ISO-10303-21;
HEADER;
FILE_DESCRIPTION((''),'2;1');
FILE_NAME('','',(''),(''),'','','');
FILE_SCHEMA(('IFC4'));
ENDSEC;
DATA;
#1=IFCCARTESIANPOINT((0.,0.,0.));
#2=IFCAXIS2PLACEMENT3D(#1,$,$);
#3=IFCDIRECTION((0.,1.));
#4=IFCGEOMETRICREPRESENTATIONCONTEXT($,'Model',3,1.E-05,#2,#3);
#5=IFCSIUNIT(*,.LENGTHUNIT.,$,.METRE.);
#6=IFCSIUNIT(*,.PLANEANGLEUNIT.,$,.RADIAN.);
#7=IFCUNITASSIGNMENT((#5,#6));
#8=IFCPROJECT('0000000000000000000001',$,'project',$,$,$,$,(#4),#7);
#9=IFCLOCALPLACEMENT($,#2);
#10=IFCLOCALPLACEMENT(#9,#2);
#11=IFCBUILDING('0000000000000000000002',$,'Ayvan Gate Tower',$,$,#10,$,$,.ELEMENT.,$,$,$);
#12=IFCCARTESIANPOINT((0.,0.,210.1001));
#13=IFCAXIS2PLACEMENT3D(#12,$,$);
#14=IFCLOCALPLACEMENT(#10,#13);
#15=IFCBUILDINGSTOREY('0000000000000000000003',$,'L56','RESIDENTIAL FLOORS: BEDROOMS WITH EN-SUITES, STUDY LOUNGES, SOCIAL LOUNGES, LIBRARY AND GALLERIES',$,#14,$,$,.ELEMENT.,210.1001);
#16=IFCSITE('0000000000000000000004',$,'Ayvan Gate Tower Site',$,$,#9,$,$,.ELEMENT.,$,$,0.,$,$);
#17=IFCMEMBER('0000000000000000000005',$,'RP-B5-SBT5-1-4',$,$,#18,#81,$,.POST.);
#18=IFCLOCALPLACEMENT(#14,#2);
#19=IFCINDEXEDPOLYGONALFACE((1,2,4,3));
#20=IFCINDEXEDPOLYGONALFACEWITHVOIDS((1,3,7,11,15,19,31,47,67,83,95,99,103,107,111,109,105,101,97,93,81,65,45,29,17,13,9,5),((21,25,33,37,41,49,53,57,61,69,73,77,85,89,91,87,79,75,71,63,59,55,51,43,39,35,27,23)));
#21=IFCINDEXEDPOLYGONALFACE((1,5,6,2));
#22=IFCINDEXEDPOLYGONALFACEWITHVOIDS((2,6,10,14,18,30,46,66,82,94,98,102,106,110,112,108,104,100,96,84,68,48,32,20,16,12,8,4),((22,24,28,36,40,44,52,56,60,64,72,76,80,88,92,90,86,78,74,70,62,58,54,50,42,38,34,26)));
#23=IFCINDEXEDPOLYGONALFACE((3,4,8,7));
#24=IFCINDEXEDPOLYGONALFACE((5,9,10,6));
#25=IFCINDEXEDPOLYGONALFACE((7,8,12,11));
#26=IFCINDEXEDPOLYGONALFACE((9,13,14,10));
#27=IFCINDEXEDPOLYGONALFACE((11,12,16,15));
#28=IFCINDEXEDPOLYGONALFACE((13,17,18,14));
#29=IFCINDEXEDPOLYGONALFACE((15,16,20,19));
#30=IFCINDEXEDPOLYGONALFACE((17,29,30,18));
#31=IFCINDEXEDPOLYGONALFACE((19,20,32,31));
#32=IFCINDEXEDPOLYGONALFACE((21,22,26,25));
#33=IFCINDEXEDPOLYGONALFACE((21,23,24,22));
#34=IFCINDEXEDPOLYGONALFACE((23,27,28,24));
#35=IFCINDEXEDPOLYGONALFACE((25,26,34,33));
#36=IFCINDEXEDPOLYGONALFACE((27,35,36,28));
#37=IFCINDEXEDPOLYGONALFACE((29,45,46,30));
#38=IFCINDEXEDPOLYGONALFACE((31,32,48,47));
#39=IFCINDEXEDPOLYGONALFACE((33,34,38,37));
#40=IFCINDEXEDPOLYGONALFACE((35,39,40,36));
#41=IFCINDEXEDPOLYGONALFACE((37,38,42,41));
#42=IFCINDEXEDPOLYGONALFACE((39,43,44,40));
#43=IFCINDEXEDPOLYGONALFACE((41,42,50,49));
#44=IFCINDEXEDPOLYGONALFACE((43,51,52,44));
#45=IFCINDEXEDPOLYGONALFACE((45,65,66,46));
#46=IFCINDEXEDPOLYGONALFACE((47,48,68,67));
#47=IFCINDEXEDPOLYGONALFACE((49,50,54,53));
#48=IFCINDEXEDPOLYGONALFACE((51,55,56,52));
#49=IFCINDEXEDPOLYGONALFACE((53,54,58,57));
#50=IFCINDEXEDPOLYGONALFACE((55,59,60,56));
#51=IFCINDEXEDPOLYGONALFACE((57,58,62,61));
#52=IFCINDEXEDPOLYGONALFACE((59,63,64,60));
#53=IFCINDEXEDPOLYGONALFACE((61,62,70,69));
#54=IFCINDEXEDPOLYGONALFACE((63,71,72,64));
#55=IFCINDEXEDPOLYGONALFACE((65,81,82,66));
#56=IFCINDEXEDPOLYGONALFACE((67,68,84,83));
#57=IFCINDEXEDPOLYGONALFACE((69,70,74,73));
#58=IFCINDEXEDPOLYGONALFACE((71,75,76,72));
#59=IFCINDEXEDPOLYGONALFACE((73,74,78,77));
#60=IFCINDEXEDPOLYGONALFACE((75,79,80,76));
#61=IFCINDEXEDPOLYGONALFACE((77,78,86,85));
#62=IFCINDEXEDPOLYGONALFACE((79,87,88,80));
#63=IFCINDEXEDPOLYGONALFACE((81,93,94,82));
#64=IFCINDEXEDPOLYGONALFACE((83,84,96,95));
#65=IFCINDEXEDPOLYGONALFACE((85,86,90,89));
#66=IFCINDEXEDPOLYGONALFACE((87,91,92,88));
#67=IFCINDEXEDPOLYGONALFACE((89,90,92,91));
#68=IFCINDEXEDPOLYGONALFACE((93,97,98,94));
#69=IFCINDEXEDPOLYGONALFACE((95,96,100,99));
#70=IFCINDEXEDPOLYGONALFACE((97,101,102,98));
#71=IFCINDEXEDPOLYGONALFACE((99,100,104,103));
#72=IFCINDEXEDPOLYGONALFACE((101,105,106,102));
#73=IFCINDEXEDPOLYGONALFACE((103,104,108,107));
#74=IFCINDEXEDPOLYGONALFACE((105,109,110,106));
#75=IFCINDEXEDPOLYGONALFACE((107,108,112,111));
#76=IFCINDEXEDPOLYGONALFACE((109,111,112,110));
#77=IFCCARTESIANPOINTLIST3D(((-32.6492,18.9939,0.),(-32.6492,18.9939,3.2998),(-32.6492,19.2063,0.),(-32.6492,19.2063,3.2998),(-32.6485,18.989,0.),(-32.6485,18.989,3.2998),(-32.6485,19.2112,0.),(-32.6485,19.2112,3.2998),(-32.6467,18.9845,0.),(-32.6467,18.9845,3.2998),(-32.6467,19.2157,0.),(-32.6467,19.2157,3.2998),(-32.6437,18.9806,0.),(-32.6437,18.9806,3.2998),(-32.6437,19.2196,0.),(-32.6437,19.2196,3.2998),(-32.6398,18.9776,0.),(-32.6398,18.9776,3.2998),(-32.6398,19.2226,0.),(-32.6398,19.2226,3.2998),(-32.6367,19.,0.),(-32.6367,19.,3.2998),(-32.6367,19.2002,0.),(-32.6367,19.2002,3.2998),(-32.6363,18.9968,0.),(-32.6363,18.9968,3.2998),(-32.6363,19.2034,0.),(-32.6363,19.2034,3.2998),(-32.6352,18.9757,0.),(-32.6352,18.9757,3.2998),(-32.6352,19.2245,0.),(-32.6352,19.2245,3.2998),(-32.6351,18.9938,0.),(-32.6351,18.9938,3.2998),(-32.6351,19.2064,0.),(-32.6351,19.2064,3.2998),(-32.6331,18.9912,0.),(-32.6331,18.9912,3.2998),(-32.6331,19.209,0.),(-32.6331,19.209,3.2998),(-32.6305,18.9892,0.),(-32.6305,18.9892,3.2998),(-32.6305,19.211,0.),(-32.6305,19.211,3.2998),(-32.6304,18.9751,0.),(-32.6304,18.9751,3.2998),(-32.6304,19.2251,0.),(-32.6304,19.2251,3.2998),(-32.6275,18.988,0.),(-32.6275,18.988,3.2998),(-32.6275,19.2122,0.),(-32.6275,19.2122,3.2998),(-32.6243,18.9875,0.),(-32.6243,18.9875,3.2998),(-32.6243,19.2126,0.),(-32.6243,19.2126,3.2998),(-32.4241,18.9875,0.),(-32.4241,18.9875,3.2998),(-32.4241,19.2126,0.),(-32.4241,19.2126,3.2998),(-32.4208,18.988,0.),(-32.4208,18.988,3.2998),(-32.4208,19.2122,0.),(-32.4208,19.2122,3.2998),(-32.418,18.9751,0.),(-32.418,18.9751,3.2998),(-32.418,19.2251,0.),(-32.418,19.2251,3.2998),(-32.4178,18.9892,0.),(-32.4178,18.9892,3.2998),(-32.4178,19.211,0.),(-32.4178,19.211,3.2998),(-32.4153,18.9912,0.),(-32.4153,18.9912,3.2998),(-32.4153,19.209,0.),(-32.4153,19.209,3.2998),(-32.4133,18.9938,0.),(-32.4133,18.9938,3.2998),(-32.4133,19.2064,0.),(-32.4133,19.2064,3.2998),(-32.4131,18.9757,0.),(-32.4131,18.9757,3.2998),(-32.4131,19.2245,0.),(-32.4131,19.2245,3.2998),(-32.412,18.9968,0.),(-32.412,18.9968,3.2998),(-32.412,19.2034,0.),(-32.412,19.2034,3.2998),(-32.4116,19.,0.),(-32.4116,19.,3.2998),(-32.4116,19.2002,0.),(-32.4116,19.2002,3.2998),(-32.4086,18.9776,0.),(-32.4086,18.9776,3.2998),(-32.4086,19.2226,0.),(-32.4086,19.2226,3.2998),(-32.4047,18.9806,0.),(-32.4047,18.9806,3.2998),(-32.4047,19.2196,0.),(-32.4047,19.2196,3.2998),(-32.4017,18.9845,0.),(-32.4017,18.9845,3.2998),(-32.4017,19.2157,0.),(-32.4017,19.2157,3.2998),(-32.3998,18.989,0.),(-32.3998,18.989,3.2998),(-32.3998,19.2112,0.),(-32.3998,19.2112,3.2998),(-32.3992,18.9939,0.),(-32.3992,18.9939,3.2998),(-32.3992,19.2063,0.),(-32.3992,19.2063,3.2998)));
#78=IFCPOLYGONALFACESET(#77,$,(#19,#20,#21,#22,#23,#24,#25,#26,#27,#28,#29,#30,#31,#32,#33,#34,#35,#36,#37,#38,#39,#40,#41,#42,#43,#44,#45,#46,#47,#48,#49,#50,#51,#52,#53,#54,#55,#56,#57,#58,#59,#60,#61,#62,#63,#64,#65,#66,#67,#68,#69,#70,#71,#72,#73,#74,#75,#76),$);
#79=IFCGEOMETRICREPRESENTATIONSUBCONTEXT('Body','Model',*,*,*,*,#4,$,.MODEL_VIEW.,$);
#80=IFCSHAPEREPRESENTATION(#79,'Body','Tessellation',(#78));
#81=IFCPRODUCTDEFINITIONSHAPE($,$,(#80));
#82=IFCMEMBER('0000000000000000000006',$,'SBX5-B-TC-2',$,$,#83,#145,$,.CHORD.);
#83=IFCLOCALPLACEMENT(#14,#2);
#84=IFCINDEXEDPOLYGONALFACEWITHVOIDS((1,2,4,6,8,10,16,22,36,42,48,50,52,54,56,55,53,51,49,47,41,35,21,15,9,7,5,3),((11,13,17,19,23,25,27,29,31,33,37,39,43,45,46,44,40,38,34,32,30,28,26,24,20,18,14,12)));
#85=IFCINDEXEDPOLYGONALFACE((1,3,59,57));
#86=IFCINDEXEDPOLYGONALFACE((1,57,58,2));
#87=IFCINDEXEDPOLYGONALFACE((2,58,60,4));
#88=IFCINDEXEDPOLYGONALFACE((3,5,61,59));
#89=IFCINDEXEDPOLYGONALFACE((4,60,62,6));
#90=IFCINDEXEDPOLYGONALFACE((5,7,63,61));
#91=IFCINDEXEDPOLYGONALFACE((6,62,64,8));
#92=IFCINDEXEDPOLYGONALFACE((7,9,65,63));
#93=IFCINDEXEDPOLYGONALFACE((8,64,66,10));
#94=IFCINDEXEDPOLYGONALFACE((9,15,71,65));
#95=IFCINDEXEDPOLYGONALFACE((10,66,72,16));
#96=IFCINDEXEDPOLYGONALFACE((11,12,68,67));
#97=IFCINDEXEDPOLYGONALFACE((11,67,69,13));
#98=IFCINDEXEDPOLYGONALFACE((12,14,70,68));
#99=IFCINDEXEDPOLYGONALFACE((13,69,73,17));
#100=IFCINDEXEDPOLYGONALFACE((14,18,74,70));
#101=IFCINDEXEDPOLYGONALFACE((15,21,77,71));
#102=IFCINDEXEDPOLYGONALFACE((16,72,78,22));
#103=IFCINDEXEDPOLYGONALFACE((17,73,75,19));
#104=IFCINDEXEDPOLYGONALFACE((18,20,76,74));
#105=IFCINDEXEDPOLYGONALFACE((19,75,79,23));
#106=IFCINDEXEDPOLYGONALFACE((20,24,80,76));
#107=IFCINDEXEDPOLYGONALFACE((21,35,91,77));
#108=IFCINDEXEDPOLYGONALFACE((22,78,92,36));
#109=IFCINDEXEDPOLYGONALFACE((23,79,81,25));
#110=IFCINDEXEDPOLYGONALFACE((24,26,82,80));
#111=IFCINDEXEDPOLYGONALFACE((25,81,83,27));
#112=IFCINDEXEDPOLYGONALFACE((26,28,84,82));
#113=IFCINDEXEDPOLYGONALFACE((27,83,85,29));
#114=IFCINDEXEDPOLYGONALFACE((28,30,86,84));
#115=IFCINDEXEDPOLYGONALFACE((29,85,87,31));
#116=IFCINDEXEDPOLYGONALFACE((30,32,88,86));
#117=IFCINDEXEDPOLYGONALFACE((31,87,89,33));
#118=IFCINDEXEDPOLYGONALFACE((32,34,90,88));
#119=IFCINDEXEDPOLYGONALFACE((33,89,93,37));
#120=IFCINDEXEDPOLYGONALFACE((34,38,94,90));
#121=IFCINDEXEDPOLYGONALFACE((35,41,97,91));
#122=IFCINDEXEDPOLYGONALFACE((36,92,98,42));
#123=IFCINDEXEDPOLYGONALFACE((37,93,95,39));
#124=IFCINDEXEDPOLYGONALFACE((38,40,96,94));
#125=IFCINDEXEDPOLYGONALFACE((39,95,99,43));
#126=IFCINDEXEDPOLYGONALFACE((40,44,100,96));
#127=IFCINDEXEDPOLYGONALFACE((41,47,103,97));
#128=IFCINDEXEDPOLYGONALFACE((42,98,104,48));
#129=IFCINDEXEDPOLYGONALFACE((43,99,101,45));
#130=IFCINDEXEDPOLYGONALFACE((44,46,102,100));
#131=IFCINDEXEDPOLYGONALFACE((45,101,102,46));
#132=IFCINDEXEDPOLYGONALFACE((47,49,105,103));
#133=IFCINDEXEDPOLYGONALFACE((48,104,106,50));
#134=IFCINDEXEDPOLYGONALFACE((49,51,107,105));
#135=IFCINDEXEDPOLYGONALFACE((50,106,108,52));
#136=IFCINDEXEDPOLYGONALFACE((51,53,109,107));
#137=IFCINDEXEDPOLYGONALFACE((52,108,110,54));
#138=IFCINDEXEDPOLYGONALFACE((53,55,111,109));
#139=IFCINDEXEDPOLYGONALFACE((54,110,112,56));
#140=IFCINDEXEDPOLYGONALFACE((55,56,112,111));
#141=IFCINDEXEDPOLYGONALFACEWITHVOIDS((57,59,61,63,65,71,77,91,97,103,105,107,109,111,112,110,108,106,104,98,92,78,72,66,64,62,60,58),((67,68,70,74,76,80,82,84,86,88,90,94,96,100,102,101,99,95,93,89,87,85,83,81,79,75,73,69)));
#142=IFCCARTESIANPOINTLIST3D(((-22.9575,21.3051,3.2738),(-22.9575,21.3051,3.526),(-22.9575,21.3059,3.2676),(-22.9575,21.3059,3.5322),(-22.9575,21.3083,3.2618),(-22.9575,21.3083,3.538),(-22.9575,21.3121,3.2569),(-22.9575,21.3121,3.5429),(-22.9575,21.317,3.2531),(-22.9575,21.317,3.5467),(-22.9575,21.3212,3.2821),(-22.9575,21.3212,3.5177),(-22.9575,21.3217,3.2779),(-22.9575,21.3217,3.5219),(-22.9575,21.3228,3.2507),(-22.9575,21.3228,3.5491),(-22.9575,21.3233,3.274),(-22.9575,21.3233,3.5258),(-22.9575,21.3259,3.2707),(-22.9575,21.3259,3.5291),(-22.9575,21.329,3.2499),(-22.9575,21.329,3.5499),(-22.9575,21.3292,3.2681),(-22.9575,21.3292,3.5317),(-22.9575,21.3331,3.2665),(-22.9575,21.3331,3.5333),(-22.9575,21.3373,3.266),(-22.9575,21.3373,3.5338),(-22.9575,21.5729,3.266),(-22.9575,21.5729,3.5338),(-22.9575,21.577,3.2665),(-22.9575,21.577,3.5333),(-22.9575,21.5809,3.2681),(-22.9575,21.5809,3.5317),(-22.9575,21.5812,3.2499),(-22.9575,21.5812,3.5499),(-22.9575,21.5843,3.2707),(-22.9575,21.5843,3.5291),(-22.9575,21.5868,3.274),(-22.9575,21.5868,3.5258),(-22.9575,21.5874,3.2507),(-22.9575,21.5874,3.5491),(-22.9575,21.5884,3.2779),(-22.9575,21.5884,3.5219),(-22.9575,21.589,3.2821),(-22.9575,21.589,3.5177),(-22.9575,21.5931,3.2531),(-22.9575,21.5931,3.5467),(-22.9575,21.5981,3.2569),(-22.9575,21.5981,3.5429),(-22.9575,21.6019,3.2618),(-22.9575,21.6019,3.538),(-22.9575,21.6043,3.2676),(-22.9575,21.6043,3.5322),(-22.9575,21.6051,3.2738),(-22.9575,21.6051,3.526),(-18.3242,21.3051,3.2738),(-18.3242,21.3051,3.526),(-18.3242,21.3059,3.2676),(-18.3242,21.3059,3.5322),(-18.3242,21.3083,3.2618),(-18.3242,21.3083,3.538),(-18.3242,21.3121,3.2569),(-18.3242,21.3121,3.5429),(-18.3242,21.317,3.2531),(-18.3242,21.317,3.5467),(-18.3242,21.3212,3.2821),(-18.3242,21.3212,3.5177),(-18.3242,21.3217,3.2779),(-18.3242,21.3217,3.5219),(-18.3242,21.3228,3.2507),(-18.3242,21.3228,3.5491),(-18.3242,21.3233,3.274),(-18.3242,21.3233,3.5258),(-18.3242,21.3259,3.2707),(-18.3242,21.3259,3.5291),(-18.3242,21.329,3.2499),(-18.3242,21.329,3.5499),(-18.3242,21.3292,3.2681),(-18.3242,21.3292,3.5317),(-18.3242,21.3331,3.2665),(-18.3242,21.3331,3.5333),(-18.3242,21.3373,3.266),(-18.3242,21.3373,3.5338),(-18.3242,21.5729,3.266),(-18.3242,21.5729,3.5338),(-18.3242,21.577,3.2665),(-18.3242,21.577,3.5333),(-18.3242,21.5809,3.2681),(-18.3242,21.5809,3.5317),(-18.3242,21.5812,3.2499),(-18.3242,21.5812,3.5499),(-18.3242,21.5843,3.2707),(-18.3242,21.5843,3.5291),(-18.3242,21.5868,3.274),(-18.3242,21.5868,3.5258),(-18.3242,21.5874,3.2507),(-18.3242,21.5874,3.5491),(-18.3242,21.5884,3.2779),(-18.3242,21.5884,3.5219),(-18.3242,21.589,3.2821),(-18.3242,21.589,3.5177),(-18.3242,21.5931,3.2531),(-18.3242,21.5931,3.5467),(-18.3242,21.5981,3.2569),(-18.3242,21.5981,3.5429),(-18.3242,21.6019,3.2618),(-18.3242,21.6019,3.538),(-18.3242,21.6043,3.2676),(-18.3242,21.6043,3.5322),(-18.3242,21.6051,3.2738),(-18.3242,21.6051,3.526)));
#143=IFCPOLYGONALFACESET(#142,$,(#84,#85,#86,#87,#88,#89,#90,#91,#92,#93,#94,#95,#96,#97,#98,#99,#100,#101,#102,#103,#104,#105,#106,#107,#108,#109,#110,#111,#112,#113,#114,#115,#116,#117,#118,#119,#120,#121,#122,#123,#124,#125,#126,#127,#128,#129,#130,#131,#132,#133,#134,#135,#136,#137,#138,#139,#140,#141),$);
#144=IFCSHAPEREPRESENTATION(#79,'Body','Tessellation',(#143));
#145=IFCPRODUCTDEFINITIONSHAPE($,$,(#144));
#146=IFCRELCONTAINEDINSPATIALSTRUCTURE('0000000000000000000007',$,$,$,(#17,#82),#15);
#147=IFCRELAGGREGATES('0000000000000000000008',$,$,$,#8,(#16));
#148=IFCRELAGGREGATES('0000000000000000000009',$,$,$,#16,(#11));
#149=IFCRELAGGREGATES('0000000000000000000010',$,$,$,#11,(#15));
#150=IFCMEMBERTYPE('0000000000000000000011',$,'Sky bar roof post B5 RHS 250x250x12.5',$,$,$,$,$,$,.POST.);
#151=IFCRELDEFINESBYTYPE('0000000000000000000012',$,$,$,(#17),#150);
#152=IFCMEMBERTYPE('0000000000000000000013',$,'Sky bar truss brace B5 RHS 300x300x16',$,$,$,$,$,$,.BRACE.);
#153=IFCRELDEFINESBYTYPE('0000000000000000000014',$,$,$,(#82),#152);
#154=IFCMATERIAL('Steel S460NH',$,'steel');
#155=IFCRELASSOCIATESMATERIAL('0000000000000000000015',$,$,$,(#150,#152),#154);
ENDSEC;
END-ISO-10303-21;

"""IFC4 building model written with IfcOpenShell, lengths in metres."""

from ifc_helpers import new_model, si_unit, direction, frame, origin, origin_2d, place, context, subcontext, project, spatial, hollow_rectangle, extrude, material, material_profile, profile_set, type_object, element, save


model = new_model("IFC4")

# Units and contexts
model_context = context("Model", 3, precision=1e-05, world=origin(), true_north=direction((0.0, 1.0)))
body_context = subcontext(model_context, "Body", "Model", "MODEL_VIEW")
ifc_project = project(units=[si_unit("LENGTHUNIT", "METRE"), si_unit("PLANEANGLEUNIT", "RADIAN")], contexts=[model_context])

# Site, building, storey
site_placement = place(None, origin())
site = spatial("IfcSite", under=ifc_project, at=site_placement, Name="Ayvan Gate Tower Site", CompositionType="ELEMENT", RefElevation=0.0)
building_placement = place(site_placement, origin())
building = spatial("IfcBuilding", under=site, at=building_placement, Name="Ayvan Gate Tower", CompositionType="ELEMENT")
storey_placement = place(building_placement, frame((0.0, 0.0, 210.1001)))
storey = spatial("IfcBuildingStorey", under=building, at=storey_placement, Name="L56", Description="RESIDENTIAL FLOORS: BEDROOMS WITH EN-SUITES, STUDY LOUNGES, SOCIAL LOUNGES, LIBRARY AND GALLERIES", CompositionType="ELEMENT", Elevation=210.1001)

# Members
ifc_material_1 = material(Name="Steel S460NH", Category="steel")
ifc_material_profile_1 = material_profile(ifc_material_1, hollow_rectangle(XDim=0.25, YDim=0.25, WallThickness=0.0125, InnerFilletRadius=0.0125, OuterFilletRadius=0.0188, at=origin_2d()), Name="RHS 250x250x12.5")
ifc_profile_set_1 = profile_set([ifc_material_profile_1], Name="Steel S460NH")
member_type_1 = type_object("IfcMemberType", Name="Sky bar roof post B5 RHS 250x250x12.5", PredefinedType="POST", material=ifc_profile_set_1)
for number, where, z_axis, x_axis, name in (
    (1, (-32.5242, 19.1001, 0.0), (0.0, 0.0, 1.0), (1.0, 0.0, 0.0), "RP-B5-SBT5-1-4"),
):
    element("IfcMember", number, at=place(storey_placement, frame(where, z_axis=z_axis, x_axis=x_axis)), inside=storey, type_object=member_type_1, Name=name, PredefinedType="POST", context=body_context, shape_type="SweptSolid", body=[
        extrude(hollow_rectangle(XDim=0.25, YDim=0.25, WallThickness=0.0125, InnerFilletRadius=0.0125, OuterFilletRadius=0.0188, at=origin_2d()), origin(), (0.0, 0.0, 1.0), 3.2998),
    ])
ifc_material_profile_2 = material_profile(ifc_material_1, hollow_rectangle(XDim=0.3, YDim=0.3, WallThickness=0.0161, InnerFilletRadius=0.0161, OuterFilletRadius=0.0239, at=origin_2d()), Name="RHS 300x300x16")
ifc_profile_set_2 = profile_set([ifc_material_profile_2], Name="Steel S460NH")
member_type_2 = type_object("IfcMemberType", Name="Sky bar truss brace B5 RHS 300x300x16", PredefinedType="BRACE", material=ifc_profile_set_2)
for number, where, z_axis, x_axis, name in (
    (2, (-18.3242, 21.4551, 3.3999), (-1.0, 0.0, 0.0), (0.0, -1.0, 0.0), "SBX5-B-TC-2"),
):
    element("IfcMember", number, at=place(storey_placement, frame(where, z_axis=z_axis, x_axis=x_axis)), inside=storey, type_object=member_type_2, Name=name, PredefinedType="CHORD", context=body_context, shape_type="SweptSolid", body=[
        extrude(hollow_rectangle(XDim=0.3, YDim=0.3, WallThickness=0.0161, InnerFilletRadius=0.0161, OuterFilletRadius=0.0239, at=origin_2d()), origin(), (0.0, 0.0, 1.0), 4.6333),
    ])

save(model, "model.ifc")
